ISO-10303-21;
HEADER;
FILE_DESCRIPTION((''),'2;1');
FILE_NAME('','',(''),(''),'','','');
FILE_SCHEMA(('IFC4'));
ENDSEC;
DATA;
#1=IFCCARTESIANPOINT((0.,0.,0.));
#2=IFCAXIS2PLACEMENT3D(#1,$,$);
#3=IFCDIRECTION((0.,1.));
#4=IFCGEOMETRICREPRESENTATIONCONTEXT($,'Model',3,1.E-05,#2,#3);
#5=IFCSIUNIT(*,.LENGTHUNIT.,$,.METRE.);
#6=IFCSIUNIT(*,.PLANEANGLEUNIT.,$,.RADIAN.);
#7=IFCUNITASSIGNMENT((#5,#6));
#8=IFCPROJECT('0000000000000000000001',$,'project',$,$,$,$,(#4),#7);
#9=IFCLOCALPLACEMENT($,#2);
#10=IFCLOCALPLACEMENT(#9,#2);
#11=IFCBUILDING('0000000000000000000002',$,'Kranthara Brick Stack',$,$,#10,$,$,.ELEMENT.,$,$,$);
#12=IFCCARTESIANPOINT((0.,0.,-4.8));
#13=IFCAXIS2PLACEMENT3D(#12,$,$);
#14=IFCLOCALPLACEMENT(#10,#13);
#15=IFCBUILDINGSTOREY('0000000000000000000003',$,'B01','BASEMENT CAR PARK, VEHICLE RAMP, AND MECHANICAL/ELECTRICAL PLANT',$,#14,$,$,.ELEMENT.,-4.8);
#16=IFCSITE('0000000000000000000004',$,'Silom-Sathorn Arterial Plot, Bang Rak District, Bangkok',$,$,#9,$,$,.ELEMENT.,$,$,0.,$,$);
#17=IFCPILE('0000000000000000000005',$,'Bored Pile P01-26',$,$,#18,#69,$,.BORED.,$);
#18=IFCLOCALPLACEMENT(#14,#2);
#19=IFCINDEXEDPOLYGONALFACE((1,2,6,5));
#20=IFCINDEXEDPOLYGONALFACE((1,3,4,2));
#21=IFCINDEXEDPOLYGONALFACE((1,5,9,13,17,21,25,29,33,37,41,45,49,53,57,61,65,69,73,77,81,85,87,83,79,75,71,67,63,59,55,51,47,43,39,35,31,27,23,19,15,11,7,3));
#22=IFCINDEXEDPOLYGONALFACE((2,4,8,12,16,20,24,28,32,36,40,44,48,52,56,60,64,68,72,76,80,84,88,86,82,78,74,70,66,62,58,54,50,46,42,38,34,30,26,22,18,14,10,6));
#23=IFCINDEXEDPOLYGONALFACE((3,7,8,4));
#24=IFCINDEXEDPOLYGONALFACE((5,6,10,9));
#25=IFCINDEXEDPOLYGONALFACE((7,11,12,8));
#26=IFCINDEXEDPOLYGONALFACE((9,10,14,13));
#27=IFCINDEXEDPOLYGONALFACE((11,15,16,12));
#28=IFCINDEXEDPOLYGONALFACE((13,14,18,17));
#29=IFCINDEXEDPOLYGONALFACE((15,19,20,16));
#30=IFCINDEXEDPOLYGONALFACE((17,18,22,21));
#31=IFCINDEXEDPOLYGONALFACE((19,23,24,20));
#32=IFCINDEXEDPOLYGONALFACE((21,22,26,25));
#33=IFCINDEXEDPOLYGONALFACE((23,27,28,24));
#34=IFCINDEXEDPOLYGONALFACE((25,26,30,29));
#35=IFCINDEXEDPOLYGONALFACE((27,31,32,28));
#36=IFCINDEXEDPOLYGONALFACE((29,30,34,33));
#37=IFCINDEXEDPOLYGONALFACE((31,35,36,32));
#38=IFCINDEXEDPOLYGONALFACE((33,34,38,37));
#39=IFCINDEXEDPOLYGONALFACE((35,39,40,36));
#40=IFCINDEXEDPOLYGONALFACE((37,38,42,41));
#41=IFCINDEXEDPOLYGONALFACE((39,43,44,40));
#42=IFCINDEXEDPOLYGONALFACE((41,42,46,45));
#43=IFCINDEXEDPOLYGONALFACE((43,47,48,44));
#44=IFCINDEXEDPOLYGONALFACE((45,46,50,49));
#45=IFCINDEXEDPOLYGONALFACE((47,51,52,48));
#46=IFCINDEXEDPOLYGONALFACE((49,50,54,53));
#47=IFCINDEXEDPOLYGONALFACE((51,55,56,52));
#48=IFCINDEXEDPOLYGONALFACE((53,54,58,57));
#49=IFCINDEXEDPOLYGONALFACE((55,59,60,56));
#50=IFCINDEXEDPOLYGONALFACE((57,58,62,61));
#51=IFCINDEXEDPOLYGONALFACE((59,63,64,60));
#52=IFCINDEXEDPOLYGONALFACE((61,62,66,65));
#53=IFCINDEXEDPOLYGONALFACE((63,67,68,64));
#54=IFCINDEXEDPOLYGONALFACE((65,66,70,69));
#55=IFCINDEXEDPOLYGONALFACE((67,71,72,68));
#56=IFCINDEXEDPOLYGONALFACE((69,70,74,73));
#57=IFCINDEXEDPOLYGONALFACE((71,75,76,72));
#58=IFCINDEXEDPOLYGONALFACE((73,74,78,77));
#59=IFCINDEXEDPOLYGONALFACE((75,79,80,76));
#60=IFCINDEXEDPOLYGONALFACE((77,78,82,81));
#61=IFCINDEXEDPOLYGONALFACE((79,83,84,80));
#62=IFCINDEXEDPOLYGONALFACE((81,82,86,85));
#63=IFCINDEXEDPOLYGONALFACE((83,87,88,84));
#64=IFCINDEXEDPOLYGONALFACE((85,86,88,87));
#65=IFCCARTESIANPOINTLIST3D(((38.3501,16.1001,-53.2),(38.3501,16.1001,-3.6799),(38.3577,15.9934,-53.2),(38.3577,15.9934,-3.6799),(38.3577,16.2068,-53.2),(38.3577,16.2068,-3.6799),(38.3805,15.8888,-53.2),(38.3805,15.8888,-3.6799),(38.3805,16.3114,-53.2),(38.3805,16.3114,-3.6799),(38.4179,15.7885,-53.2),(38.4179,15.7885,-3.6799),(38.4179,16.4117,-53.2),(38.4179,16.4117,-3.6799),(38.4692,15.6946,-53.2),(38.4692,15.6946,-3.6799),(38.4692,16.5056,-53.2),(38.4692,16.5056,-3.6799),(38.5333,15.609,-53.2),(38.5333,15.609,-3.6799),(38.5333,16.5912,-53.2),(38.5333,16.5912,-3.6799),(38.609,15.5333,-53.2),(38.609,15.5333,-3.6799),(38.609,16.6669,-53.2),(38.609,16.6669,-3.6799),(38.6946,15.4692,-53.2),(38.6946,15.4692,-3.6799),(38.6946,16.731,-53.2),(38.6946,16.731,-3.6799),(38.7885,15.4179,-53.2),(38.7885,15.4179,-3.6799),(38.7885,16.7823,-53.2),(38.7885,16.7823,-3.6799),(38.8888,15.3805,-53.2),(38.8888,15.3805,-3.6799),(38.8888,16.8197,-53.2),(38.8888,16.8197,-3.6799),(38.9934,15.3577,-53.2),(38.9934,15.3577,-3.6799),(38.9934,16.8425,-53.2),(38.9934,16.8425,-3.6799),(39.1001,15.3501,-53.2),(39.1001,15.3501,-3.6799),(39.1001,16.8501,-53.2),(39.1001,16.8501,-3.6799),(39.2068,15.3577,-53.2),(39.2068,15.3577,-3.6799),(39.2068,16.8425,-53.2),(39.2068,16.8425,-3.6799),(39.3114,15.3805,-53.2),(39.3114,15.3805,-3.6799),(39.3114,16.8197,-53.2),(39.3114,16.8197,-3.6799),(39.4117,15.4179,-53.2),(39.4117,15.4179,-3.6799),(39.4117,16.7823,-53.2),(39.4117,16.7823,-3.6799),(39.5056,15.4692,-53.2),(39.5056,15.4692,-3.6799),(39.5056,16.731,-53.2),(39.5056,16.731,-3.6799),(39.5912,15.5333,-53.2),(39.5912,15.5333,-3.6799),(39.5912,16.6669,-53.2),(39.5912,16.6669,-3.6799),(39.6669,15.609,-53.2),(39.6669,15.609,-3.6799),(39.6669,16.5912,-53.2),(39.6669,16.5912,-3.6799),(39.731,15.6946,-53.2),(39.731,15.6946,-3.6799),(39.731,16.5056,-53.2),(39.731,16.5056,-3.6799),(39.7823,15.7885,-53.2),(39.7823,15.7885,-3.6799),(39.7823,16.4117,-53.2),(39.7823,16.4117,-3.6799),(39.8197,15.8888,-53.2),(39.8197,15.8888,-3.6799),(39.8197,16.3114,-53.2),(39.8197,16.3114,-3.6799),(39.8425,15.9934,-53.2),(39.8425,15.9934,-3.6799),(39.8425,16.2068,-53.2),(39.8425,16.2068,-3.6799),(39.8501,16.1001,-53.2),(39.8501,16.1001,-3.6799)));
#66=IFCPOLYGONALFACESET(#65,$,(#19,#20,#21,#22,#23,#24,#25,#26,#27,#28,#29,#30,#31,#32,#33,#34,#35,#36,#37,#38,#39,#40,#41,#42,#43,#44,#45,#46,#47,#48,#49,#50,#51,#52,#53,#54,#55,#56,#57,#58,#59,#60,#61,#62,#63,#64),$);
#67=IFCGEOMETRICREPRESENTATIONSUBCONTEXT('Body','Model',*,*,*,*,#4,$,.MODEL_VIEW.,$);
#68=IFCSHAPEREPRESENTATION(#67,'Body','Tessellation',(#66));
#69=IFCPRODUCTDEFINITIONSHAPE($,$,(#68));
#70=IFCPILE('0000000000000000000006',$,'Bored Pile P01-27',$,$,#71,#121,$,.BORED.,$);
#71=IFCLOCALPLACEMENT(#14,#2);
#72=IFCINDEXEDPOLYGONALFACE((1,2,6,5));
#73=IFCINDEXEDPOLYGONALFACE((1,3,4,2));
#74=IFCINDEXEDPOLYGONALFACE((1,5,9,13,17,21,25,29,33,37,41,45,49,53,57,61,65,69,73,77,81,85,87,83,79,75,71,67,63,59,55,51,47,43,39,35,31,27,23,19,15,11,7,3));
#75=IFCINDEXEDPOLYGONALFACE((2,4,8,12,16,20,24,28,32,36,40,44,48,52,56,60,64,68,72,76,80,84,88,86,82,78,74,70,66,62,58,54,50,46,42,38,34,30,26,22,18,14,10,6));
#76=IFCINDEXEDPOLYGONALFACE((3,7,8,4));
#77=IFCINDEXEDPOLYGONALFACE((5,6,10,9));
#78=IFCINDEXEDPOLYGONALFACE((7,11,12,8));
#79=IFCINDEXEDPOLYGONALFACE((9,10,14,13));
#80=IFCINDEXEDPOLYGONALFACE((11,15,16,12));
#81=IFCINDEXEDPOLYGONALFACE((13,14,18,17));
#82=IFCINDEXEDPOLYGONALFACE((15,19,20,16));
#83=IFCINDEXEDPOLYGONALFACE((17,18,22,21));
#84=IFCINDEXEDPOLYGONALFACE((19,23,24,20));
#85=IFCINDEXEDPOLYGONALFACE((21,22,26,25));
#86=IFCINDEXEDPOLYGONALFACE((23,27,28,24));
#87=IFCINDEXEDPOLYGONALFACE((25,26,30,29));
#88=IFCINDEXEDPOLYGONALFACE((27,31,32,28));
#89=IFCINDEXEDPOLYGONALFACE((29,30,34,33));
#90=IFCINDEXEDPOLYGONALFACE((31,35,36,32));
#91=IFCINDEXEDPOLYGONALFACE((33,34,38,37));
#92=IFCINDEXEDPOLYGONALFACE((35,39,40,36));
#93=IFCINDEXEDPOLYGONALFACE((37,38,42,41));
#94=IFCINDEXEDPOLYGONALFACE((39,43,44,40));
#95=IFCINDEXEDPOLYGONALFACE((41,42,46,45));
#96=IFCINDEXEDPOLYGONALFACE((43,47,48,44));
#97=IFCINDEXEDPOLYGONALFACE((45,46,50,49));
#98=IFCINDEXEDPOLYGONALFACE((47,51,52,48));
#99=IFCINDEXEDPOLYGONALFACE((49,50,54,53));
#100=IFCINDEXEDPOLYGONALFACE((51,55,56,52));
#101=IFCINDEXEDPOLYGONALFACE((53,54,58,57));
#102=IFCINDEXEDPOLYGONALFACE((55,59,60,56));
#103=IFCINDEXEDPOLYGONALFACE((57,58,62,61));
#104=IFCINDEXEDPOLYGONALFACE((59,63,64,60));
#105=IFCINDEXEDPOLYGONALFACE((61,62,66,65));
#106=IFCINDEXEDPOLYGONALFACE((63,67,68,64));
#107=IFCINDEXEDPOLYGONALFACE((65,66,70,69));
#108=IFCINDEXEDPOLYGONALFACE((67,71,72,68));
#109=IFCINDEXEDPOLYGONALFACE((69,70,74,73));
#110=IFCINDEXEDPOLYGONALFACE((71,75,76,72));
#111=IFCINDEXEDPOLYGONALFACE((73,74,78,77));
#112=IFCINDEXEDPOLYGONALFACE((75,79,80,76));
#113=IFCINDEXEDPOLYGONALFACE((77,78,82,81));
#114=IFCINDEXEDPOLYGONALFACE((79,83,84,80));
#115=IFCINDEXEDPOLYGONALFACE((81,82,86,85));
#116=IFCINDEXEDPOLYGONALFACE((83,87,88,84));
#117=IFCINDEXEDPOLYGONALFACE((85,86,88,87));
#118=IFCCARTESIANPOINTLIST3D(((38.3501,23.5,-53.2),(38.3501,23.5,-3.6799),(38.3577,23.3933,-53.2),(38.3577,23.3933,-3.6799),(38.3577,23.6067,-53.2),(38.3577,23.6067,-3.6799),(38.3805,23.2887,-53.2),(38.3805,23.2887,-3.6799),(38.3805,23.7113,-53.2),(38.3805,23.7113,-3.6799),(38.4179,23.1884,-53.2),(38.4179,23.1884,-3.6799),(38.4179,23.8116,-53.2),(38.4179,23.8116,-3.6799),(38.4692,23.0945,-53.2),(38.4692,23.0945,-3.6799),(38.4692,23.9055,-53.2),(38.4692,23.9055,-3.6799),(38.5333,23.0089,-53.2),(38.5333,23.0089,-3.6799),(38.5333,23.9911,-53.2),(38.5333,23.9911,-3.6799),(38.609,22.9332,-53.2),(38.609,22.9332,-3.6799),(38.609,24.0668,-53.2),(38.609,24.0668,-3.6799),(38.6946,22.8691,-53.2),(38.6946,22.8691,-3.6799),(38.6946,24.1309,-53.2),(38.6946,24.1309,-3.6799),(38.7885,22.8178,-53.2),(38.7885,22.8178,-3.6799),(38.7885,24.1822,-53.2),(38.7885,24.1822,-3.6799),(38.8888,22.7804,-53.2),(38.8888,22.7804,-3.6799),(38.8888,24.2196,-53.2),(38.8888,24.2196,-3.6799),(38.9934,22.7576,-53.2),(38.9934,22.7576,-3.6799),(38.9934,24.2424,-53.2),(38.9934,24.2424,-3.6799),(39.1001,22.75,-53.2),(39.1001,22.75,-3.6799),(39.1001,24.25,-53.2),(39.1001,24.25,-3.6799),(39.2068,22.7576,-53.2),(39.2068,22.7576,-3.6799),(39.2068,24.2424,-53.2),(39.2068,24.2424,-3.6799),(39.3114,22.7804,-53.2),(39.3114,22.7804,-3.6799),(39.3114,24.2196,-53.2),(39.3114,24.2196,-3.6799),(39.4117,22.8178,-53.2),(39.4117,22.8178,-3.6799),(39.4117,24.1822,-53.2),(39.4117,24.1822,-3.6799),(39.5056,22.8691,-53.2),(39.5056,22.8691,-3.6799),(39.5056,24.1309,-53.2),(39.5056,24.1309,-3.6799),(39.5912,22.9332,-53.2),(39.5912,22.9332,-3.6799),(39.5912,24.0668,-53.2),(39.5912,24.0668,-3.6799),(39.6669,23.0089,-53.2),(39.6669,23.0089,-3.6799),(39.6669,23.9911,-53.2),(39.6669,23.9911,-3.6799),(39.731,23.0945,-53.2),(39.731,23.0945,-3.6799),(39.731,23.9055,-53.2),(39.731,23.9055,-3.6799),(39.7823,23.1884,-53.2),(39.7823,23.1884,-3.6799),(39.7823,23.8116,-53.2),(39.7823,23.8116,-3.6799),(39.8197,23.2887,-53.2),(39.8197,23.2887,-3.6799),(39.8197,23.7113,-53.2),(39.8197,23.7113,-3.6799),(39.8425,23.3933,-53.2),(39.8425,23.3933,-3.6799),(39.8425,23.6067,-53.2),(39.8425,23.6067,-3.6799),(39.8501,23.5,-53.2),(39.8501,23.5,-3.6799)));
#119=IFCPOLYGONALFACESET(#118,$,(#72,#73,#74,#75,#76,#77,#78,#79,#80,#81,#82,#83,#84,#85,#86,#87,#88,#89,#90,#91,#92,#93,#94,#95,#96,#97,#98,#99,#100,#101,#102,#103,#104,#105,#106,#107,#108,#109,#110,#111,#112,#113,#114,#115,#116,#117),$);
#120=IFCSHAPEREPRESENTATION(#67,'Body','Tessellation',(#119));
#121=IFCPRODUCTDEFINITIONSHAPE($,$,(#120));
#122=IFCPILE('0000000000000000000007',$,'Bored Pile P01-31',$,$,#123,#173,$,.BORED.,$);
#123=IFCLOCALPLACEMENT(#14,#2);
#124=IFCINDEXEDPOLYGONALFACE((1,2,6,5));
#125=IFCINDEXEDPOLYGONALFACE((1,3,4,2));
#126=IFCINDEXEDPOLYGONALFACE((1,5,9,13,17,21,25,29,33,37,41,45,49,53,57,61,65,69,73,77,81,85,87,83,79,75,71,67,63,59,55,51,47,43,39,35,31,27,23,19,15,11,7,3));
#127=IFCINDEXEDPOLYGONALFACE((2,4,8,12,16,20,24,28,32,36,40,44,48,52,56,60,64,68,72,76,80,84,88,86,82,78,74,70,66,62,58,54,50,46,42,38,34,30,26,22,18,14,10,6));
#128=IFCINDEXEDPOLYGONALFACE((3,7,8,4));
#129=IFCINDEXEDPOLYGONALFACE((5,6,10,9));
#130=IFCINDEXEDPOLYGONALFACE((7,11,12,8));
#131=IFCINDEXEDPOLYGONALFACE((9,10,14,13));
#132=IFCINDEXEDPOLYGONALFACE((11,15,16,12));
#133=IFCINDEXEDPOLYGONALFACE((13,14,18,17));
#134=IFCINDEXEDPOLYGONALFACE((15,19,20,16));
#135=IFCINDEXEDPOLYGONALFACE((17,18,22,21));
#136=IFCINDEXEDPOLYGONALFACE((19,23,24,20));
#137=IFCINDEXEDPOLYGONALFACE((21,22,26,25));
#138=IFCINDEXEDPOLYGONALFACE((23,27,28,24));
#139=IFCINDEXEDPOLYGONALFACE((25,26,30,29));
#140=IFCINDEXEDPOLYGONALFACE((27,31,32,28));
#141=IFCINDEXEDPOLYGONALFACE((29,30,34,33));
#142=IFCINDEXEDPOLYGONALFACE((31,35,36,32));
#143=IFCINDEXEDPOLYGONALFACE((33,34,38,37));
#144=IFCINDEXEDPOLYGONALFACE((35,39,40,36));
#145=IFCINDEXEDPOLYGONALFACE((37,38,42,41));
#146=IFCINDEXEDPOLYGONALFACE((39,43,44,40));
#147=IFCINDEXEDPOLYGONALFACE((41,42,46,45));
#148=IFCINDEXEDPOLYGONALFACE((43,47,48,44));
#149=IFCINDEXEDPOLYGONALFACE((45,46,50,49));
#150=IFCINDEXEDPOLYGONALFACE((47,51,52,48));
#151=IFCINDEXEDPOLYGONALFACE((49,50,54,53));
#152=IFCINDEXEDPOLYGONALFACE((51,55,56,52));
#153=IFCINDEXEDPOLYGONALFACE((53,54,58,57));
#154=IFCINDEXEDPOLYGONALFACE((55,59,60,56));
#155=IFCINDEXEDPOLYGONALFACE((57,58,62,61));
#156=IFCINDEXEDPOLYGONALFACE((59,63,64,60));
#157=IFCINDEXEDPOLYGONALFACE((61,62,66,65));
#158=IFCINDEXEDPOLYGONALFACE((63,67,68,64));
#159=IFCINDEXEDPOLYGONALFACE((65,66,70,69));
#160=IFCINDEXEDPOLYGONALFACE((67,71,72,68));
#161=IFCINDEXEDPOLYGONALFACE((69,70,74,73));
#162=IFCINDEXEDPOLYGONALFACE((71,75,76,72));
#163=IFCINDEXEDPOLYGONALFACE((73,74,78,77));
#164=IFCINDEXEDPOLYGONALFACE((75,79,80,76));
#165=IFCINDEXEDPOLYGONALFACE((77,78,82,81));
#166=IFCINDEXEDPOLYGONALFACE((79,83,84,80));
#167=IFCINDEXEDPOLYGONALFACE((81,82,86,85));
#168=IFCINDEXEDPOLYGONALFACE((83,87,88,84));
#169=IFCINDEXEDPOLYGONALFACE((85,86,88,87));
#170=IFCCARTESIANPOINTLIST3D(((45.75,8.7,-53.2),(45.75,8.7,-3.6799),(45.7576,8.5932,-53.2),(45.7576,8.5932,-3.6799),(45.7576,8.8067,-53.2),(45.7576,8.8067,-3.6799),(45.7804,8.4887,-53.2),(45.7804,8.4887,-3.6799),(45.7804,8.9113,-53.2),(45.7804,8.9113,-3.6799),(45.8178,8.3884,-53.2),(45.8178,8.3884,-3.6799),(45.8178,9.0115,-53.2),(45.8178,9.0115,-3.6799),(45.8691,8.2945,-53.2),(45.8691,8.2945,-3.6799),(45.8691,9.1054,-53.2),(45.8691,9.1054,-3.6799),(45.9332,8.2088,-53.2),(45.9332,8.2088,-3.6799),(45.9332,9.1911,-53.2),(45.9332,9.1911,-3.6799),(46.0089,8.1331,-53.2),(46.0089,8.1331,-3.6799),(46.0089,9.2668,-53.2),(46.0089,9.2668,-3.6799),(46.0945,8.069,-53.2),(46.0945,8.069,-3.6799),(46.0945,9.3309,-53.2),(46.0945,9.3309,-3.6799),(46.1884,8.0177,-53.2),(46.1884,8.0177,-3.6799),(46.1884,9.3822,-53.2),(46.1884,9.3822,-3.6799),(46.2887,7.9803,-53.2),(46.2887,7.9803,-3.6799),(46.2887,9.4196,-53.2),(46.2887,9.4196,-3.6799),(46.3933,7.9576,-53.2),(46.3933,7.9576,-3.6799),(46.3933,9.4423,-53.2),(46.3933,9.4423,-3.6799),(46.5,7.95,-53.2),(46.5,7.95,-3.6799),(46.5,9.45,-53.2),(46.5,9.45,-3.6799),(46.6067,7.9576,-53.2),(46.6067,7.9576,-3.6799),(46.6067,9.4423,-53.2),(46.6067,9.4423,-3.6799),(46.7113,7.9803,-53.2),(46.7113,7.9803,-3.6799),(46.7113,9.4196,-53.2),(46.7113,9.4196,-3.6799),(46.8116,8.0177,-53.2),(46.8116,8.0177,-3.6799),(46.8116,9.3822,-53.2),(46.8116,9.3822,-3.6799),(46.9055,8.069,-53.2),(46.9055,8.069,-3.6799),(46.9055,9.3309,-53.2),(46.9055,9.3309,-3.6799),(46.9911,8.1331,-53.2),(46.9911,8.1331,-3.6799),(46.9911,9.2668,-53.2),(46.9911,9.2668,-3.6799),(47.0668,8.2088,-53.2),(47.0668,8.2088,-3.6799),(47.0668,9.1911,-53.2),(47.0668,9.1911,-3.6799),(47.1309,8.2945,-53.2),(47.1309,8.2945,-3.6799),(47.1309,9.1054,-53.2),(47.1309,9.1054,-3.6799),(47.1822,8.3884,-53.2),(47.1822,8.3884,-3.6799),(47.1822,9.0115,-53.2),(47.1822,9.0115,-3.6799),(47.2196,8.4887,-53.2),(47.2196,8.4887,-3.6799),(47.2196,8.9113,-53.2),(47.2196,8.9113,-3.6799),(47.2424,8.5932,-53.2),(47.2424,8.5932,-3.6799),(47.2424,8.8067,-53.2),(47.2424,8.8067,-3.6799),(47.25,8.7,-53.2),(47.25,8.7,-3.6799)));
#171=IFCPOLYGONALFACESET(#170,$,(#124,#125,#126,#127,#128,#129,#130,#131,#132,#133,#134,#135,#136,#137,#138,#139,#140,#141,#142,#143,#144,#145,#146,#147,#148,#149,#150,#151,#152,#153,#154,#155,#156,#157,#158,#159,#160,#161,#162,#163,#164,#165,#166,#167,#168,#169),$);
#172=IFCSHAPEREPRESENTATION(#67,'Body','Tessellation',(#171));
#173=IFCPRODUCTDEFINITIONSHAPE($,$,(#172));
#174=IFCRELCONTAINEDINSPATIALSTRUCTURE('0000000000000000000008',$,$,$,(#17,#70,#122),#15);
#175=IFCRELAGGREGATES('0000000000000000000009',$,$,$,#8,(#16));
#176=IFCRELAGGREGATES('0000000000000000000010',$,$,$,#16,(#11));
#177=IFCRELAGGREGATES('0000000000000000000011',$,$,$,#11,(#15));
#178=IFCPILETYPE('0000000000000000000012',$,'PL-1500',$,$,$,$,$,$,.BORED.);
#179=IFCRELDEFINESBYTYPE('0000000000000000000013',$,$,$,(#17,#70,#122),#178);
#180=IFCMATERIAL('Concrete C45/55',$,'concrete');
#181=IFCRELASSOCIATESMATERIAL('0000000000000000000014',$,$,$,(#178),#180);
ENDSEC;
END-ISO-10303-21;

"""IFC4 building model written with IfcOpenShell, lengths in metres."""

from ifc_helpers import new_model, si_unit, direction, frame, origin, origin_2d, place, context, subcontext, project, spatial, circle, extrude, material, material_profile, profile_set, type_object, element, save


model = new_model("IFC4")

# Units and contexts
model_context = context("Model", 3, precision=1e-05, world=origin(), true_north=direction((0.0, 1.0)))
body_context = subcontext(model_context, "Body", "Model", "MODEL_VIEW")
ifc_project = project(units=[si_unit("LENGTHUNIT", "METRE"), si_unit("PLANEANGLEUNIT", "RADIAN")], contexts=[model_context])

# Site, building, storey
site_placement = place(None, origin())
site = spatial("IfcSite", under=ifc_project, at=site_placement, Name="Silom-Sathorn Arterial Plot, Bang Rak District, Bangkok", CompositionType="ELEMENT", RefElevation=0.0)
building_placement = place(site_placement, origin())
building = spatial("IfcBuilding", under=site, at=building_placement, Name="Kranthara Brick Stack", CompositionType="ELEMENT")
storey_placement = place(building_placement, frame((0.0, 0.0, -4.8)))
storey = spatial("IfcBuildingStorey", under=building, at=storey_placement, Name="B01", Description="BASEMENT CAR PARK, VEHICLE RAMP, AND MECHANICAL/ELECTRICAL PLANT", CompositionType="ELEMENT", Elevation=-4.8)

# Piles
ifc_material_1 = material(Name="Concrete C45/55", Category="concrete")
ifc_material_profile_1 = material_profile(ifc_material_1, circle(Radius=0.75, at=origin_2d()), Name="BORED PILE 1500")
ifc_profile_set_1 = profile_set([ifc_material_profile_1], Name="Concrete C45/55")
pile_type_1 = type_object("IfcPileType", Name="PL-1500", PredefinedType="BORED", material=ifc_profile_set_1)
for number, where, z_axis, x_axis, name in (
    (1, (39.1001, 16.1001, -3.6799), (0.0, 0.0, -1.0), (1.0, 0.0, 0.0), "Bored Pile P01-26"),
    (2, (39.1001, 23.5, -3.6799), (0.0, 0.0, -1.0), (1.0, 0.0, 0.0), "Bored Pile P01-27"),
    (3, (46.5, 8.7, -3.6799), (0.0, 0.0, -1.0), (1.0, 0.0, 0.0), "Bored Pile P01-31"),
):
    element("IfcPile", number, at=place(storey_placement, frame(where, z_axis=z_axis, x_axis=x_axis)), inside=storey, type_object=pile_type_1, Name=name, PredefinedType="BORED", context=body_context, shape_type="SweptSolid", body=[
        extrude(circle(Radius=0.75, at=origin_2d()), origin(), (0.0, 0.0, 1.0), 49.52),
    ])

save(model, "model.ifc")
